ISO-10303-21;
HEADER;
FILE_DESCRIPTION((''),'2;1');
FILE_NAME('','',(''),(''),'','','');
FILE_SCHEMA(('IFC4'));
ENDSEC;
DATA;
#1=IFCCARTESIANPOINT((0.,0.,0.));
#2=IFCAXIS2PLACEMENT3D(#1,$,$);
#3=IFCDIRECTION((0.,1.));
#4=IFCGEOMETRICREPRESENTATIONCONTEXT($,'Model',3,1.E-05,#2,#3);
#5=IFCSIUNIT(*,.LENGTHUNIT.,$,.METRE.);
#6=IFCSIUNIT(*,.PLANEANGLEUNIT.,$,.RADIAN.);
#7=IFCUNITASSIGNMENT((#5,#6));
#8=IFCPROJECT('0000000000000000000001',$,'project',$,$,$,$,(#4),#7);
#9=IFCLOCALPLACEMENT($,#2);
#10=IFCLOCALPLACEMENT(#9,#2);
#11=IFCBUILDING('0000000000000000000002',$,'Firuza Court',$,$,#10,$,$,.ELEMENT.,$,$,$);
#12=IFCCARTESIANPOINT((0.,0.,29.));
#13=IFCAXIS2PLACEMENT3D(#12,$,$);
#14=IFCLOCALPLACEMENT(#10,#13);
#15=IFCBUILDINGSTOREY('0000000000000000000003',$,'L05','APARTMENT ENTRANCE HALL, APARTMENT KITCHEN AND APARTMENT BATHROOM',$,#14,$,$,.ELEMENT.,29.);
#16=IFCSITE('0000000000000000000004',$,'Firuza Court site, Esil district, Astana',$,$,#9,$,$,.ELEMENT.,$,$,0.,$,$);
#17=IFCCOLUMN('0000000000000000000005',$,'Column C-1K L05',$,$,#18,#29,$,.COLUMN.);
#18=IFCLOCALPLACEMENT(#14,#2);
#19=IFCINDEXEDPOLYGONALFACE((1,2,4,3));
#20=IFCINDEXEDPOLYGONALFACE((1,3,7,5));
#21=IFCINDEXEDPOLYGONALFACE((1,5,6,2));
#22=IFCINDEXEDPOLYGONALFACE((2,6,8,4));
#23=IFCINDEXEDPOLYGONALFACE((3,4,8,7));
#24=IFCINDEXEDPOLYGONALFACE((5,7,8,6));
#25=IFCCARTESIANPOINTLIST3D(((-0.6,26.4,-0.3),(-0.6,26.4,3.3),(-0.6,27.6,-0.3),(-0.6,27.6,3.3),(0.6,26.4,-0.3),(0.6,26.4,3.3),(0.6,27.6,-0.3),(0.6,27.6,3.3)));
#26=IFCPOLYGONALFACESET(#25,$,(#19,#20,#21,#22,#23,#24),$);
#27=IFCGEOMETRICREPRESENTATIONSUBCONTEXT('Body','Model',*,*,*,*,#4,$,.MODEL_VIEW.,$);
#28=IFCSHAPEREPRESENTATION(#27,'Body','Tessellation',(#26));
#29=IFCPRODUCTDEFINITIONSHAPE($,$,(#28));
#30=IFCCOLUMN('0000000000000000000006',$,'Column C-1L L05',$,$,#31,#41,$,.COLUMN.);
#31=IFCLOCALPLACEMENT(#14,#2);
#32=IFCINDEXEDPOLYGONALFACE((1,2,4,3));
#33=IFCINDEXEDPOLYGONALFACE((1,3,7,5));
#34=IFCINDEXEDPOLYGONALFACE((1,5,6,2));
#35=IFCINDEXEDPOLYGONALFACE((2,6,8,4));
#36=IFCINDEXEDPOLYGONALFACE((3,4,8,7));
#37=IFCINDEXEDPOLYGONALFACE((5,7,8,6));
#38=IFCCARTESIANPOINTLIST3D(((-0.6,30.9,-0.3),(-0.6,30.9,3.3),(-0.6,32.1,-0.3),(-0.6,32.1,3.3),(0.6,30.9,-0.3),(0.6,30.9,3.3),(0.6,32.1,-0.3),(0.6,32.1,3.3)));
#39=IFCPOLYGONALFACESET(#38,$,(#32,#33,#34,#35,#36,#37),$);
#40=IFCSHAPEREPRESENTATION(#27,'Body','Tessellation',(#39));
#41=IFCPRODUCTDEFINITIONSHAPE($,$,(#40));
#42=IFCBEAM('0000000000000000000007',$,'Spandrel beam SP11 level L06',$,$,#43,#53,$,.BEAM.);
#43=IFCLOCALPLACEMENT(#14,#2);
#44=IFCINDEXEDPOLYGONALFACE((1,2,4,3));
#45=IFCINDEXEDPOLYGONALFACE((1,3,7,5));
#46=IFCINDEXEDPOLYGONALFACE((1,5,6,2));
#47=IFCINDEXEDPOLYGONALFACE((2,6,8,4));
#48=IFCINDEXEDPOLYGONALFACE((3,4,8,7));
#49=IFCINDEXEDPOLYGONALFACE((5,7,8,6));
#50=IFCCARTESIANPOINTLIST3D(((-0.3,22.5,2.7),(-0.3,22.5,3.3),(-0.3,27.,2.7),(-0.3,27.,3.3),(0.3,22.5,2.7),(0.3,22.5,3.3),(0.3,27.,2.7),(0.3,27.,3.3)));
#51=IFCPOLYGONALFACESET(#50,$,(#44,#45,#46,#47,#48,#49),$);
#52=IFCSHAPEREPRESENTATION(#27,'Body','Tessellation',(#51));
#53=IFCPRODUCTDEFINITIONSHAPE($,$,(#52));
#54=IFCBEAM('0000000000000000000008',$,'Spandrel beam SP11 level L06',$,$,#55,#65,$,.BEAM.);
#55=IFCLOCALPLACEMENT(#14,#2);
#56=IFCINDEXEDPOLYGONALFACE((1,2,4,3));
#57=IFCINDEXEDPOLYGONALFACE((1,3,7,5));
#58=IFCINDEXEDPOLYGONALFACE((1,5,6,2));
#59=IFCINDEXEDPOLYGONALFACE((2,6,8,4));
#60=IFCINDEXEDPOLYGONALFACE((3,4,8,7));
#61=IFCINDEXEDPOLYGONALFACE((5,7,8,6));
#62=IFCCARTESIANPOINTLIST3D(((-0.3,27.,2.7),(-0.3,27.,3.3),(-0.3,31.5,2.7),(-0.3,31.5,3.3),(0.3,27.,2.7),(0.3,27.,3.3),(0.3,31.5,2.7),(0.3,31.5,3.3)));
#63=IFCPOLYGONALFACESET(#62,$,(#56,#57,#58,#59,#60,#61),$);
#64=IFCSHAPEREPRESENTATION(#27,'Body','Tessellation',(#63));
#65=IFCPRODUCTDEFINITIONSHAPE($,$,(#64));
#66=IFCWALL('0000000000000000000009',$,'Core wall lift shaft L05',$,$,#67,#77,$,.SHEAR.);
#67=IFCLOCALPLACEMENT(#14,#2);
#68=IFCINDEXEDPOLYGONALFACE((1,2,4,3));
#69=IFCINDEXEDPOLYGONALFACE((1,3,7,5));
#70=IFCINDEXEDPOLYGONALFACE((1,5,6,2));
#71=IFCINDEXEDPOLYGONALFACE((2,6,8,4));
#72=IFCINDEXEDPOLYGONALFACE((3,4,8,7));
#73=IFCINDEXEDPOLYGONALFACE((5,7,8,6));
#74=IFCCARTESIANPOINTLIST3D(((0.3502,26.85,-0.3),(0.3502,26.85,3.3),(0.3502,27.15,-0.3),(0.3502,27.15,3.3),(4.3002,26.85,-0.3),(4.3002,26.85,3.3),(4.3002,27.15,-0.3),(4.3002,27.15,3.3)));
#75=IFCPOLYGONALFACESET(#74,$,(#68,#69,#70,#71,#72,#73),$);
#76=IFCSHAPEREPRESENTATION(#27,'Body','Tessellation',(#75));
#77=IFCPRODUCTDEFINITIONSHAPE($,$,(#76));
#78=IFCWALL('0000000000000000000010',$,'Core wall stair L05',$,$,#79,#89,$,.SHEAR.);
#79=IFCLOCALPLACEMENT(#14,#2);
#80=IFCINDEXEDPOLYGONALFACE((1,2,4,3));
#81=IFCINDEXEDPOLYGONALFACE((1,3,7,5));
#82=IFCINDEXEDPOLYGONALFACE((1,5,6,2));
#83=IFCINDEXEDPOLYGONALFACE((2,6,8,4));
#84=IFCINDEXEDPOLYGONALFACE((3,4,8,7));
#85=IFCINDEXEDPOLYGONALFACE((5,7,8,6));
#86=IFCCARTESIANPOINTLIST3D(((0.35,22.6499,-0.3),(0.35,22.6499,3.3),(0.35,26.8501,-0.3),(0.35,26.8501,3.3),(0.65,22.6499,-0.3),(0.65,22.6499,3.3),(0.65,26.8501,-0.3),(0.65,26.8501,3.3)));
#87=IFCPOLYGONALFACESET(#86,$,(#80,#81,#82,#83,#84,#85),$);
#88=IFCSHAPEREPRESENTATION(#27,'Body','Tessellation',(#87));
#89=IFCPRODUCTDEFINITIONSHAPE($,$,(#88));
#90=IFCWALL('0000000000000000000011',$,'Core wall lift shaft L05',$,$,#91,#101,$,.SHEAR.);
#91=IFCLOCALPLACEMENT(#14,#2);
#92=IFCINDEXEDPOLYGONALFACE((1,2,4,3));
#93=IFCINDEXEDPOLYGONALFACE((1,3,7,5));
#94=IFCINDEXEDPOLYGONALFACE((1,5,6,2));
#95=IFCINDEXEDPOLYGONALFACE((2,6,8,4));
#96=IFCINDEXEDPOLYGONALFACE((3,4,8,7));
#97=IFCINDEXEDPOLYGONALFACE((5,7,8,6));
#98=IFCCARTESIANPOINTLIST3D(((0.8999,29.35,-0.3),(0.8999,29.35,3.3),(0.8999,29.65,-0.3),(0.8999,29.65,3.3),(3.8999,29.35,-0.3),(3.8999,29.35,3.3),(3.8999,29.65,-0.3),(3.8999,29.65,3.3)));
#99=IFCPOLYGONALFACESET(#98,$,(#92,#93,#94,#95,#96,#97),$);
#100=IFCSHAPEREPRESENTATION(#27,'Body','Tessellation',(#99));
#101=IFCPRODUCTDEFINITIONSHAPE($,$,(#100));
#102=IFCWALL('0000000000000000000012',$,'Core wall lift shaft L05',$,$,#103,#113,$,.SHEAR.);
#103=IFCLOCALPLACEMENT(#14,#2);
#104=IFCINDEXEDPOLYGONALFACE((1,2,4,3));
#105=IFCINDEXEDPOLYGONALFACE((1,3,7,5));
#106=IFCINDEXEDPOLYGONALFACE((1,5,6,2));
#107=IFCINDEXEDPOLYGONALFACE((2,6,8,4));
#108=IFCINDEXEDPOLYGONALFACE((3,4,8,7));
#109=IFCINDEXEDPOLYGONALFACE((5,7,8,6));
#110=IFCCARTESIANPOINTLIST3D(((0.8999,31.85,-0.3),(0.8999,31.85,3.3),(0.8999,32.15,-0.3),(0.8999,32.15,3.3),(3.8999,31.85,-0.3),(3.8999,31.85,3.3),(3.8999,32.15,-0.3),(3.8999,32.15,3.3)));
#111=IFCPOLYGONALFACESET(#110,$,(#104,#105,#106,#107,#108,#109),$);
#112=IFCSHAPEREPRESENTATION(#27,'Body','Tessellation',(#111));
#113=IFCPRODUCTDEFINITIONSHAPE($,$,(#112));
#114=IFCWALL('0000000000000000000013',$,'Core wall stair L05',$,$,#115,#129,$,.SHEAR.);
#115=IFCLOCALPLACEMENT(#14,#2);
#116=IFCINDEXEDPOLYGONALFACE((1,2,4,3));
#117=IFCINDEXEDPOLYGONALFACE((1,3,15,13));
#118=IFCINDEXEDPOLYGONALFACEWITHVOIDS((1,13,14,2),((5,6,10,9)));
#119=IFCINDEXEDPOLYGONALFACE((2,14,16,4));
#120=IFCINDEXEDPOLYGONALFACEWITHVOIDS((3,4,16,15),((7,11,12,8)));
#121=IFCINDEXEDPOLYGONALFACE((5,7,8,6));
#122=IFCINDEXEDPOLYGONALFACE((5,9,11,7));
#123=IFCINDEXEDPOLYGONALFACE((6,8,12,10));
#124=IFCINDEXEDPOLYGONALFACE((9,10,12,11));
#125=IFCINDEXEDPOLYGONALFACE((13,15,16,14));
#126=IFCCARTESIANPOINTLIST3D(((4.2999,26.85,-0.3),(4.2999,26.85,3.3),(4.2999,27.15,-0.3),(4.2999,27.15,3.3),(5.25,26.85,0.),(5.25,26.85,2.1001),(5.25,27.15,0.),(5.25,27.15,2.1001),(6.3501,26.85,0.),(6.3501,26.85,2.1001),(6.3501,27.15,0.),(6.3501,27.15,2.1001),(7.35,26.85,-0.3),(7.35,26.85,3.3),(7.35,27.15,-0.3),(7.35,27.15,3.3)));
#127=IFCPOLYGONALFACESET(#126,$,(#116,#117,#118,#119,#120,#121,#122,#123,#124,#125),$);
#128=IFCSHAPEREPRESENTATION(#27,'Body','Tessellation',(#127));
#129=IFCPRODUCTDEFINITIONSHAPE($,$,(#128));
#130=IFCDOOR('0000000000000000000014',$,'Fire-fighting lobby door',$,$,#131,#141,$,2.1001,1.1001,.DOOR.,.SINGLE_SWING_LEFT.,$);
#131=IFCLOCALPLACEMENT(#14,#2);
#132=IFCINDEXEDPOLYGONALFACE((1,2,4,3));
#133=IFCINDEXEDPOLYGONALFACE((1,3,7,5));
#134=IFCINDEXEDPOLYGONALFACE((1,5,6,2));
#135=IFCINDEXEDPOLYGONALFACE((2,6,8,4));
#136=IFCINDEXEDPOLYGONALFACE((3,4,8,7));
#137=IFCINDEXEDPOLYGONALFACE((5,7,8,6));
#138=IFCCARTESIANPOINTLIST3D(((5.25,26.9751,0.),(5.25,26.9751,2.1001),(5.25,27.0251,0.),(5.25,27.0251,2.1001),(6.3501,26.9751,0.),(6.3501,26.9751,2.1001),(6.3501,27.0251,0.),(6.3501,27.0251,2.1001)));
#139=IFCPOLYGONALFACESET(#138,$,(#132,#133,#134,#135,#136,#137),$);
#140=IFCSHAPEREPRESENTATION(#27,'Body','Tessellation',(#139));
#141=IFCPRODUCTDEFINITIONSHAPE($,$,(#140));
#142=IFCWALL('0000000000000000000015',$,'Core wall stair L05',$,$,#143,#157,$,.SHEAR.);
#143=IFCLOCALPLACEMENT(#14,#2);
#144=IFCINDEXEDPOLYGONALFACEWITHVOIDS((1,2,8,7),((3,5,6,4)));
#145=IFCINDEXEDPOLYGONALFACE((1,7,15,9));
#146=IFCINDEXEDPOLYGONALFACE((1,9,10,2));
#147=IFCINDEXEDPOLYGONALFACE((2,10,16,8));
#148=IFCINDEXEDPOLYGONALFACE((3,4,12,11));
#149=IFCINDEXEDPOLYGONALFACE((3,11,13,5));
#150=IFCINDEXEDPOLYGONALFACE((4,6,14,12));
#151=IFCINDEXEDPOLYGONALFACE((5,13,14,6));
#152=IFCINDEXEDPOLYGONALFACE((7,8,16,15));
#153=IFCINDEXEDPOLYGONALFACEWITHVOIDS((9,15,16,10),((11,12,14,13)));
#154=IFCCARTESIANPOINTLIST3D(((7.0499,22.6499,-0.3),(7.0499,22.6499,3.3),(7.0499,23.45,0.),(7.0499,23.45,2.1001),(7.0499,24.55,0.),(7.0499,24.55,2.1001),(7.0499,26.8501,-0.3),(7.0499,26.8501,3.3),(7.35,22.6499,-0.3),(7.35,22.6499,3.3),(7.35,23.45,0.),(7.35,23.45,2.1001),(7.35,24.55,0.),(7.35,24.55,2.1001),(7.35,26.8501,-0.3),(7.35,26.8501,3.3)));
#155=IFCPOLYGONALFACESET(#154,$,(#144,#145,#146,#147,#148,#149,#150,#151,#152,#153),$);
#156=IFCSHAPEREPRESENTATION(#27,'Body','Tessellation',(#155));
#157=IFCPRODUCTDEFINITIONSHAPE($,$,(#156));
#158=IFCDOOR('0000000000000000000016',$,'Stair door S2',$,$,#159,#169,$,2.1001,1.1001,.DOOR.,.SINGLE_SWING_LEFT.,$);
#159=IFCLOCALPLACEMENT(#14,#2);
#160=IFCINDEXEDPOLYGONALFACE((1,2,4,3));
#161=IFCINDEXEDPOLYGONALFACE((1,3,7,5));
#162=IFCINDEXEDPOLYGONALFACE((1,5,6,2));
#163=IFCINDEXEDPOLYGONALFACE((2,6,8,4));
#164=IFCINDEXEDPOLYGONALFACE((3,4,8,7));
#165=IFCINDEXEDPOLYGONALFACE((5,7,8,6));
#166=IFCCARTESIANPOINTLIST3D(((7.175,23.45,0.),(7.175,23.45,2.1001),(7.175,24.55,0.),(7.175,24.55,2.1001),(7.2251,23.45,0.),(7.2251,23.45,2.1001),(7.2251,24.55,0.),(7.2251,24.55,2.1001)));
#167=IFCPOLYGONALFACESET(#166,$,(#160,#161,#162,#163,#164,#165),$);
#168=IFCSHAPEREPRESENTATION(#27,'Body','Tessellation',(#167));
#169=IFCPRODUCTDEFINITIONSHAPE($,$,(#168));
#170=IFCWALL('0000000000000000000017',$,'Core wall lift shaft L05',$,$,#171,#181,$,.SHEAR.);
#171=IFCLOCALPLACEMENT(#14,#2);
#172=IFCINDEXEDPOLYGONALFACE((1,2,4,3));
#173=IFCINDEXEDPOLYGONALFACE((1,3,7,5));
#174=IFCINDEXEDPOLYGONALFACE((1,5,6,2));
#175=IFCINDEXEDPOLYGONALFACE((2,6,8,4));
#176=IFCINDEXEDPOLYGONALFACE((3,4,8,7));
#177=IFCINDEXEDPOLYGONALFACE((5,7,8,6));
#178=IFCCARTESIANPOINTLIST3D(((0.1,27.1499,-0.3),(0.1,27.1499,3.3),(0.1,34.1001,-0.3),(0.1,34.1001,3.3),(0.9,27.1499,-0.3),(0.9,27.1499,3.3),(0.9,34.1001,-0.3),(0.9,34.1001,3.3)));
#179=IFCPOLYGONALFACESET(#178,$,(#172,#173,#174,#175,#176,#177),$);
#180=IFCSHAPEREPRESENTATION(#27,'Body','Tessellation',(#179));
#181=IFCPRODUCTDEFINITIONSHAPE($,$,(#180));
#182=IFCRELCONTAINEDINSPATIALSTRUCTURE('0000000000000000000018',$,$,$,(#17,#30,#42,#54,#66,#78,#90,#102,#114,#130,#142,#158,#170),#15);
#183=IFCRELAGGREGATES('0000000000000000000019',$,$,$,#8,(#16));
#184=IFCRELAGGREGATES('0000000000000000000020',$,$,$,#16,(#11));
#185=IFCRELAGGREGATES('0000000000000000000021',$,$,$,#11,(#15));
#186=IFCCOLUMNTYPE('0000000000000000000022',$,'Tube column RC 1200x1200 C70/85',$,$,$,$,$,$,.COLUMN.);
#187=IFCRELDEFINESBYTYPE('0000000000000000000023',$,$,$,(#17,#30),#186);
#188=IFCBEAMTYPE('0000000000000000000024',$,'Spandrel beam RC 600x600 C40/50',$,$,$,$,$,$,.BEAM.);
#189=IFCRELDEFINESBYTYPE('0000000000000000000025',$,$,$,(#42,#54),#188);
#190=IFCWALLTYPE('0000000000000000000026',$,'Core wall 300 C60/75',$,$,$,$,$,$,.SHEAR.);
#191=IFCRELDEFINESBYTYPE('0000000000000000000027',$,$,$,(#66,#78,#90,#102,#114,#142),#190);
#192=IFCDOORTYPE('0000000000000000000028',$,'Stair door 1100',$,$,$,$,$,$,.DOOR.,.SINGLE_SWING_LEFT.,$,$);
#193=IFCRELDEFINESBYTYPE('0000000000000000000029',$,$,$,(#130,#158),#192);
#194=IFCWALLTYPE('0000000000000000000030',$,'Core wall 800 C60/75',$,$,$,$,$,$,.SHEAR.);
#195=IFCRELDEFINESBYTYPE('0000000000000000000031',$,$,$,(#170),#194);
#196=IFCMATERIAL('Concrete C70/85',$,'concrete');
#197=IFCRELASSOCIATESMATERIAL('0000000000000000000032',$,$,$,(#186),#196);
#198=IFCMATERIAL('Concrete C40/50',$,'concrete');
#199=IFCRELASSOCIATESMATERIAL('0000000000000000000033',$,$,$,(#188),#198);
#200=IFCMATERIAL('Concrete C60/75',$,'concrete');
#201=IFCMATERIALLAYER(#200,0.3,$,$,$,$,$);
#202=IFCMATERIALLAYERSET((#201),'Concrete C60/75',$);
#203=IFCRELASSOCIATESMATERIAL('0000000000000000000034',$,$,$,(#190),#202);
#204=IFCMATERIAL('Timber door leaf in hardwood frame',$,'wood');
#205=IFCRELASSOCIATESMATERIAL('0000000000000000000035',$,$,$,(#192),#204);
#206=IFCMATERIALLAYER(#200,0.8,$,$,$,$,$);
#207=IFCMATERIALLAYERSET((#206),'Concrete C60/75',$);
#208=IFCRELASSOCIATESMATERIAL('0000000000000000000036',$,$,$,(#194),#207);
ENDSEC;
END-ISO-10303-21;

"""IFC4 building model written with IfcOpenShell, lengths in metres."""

from ifc_helpers import new_model, si_unit, direction, frame, frame_2d, origin, origin_2d, place, context, subcontext, project, spatial, rectangle, extrude, material, layer, layer_set, material_profile, profile_set, type_object, element, fill, save


model = new_model("IFC4")

# Units and contexts
model_context = context("Model", 3, precision=1e-05, world=origin(), true_north=direction((0.0, 1.0)))
body_context = subcontext(model_context, "Body", "Model", "MODEL_VIEW")
ifc_project = project(units=[si_unit("LENGTHUNIT", "METRE"), si_unit("PLANEANGLEUNIT", "RADIAN")], contexts=[model_context])

# Site, building, storey
site_placement = place(None, origin())
site = spatial("IfcSite", under=ifc_project, at=site_placement, Name="Firuza Court site, Esil district, Astana", CompositionType="ELEMENT", RefElevation=0.0)
building_placement = place(site_placement, origin())
building = spatial("IfcBuilding", under=site, at=building_placement, Name="Firuza Court", CompositionType="ELEMENT")
storey_placement = place(building_placement, frame((0.0, 0.0, 29.0)))
storey = spatial("IfcBuildingStorey", under=building, at=storey_placement, Name="L05", Description="APARTMENT ENTRANCE HALL, APARTMENT KITCHEN AND APARTMENT BATHROOM", CompositionType="ELEMENT", Elevation=29.0)

# Columns
ifc_material_1 = material(Name="Concrete C70/85", Category="concrete")
ifc_material_profile_1 = material_profile(ifc_material_1, rectangle(XDim=1.2, YDim=1.2, at=origin_2d()), Name="RC 1200x1200")
ifc_profile_set_1 = profile_set([ifc_material_profile_1], Name="Concrete C70/85")
column_type = type_object("IfcColumnType", Name="Tube column RC 1200x1200 C70/85", PredefinedType="COLUMN", material=ifc_profile_set_1)
for number, where, z_axis, x_axis, name in (
    (1, (0.0, 27.0, -0.3), (0.0, 0.0, 1.0), (1.0, 0.0, 0.0), "Column C-1K L05"),
    (2, (0.0, 31.5, -0.3), (0.0, 0.0, 1.0), (1.0, 0.0, 0.0), "Column C-1L L05"),
):
    element("IfcColumn", number, at=place(storey_placement, frame(where, z_axis=z_axis, x_axis=x_axis)), inside=storey, type_object=column_type, Name=name, PredefinedType="COLUMN", context=body_context, shape_type="SweptSolid", body=[
        extrude(rectangle(XDim=1.2, YDim=1.2, at=origin_2d()), origin(), (0.0, 0.0, 1.0), 3.6001),
    ])

# Beams
ifc_material_2 = material(Name="Concrete C40/50", Category="concrete")
ifc_material_profile_2 = material_profile(ifc_material_2, rectangle(XDim=0.6001, YDim=0.6001, at=origin_2d()), Name="RC 600x600")
ifc_profile_set_2 = profile_set([ifc_material_profile_2], Name="Concrete C40/50")
beam_type = type_object("IfcBeamType", Name="Spandrel beam RC 600x600 C40/50", PredefinedType="BEAM", material=ifc_profile_set_2)
for number, where, z_axis, x_axis, name in (
    (3, (0.0, 27.0, 3.0), (0.0, -1.0, 0.0), (1.0, 0.0, 0.0), "Spandrel beam SP11 level L06"),
    (4, (0.0, 31.5, 3.0), (0.0, -1.0, 0.0), (1.0, 0.0, 0.0), "Spandrel beam SP11 level L06"),
):
    element("IfcBeam", number, at=place(storey_placement, frame(where, z_axis=z_axis, x_axis=x_axis)), inside=storey, type_object=beam_type, Name=name, PredefinedType="BEAM", context=body_context, shape_type="SweptSolid", body=[
        extrude(rectangle(XDim=0.6001, YDim=0.6001, at=origin_2d()), origin(), (0.0, 0.0, 1.0), 4.5),
    ])

# Walls
ifc_material_3 = material(Name="Concrete C60/75", Category="concrete")
ifc_layer_1 = layer(ifc_material_3, 0.3)
ifc_layer_set_1 = layer_set([ifc_layer_1], Name="Concrete C60/75")
wall_type_1 = type_object("IfcWallType", Name="Core wall 300 C60/75", PredefinedType="SHEAR", material=ifc_layer_set_1)
wall_1_placement = place(storey_placement, frame((0.3501, 27.0, -0.3), z_axis=(0.0, 0.0, 1.0), x_axis=(1.0, 0.0, 0.0)))
element("IfcWall", 5, at=wall_1_placement, inside=storey, type_object=wall_type_1, Name="Core wall lift shaft L05", PredefinedType="SHEAR", context=body_context, shape_type="SweptSolid", body=[
    extrude(rectangle(XDim=3.95, YDim=0.3, at=frame_2d((1.9751, 0.0))), origin(), (0.0, 0.0, 1.0), 3.6001),
])
wall_2_placement = place(storey_placement, frame((0.5, 22.6499, -0.3), z_axis=(0.0, 0.0, 1.0), x_axis=(0.0, 1.0, 0.0)))
element("IfcWall", 6, at=wall_2_placement, inside=storey, type_object=wall_type_1, Name="Core wall stair L05", PredefinedType="SHEAR", context=body_context, shape_type="SweptSolid", body=[
    extrude(rectangle(XDim=4.2002, YDim=0.3, at=frame_2d((2.1001, 0.0))), origin(), (0.0, 0.0, 1.0), 3.6001),
])
for number, where, z_axis, x_axis, name in (
    (7, (0.8999, 29.5, -0.3), (0.0, 0.0, 1.0), (1.0, 0.0, 0.0), "Core wall lift shaft L05"),
    (8, (0.8999, 32.0, -0.3), (0.0, 0.0, 1.0), (1.0, 0.0, 0.0), "Core wall lift shaft L05"),
):
    element("IfcWall", number, at=place(storey_placement, frame(where, z_axis=z_axis, x_axis=x_axis)), inside=storey, type_object=wall_type_1, Name=name, PredefinedType="SHEAR", context=body_context, shape_type="SweptSolid", body=[
        extrude(rectangle(XDim=3.0, YDim=0.3, at=frame_2d((1.5, 0.0))), origin(), (0.0, 0.0, 1.0), 3.6001),
    ])

# Walls, openings, doors
wall_3_placement = place(storey_placement, frame((4.3, 27.0, -0.3), z_axis=(0.0, 0.0, 1.0), x_axis=(1.0, 0.0, 0.0)))
wall_3 = element("IfcWall", 9, at=wall_3_placement, inside=storey, type_object=wall_type_1, Name="Core wall stair L05", PredefinedType="SHEAR", context=body_context, shape_type="SweptSolid", body=[
    extrude(rectangle(XDim=3.05, YDim=0.3, at=frame_2d((1.5249, 0.0))), origin(), (0.0, 0.0, 1.0), 3.6001),
])
opening_1_placement = place(wall_3_placement, frame((0.95, 0.0, 0.3)))
opening_1 = element("IfcOpeningElement", 10, at=opening_1_placement, cuts=wall_3, PredefinedType="OPENING", context=body_context, shape_type="SweptSolid", body=[
    extrude(rectangle(XDim=1.1001, YDim=2.1001, at=frame_2d((0.55, 1.05))), frame((0.0, 0.1621, 0.0), z_axis=(0.0, -1.0, 0.0), x_axis=(1.0, 0.0, 0.0)), (0.0, 0.0, 1.0), 0.324),
])
ifc_material_4 = material(Name="Timber door leaf in hardwood frame", Category="wood")
door_type_1 = type_object("IfcDoorType", Name="Stair door 1100", OperationType="SINGLE_SWING_LEFT", PredefinedType="DOOR", material=ifc_material_4)
door_1_placement = place(opening_1_placement, frame((1.1001, 0.0, 0.0), z_axis=(0.0, 0.0, 1.0), x_axis=(-1.0, 0.0, 0.0)))
door_1 = element("IfcDoor", 11, at=door_1_placement, inside=storey, type_object=door_type_1, Name="Fire-fighting lobby door", OperationType="SINGLE_SWING_LEFT", OverallHeight=2.1001, OverallWidth=1.1001, PredefinedType="DOOR", context=body_context, shape_type="SweptSolid", body=[
    extrude(rectangle(XDim=1.1001, YDim=2.1001, at=frame_2d((0.55, 1.05))), frame((0.0, 0.0249, 0.0), z_axis=(0.0, -1.0, 0.0), x_axis=(1.0, 0.0, 0.0)), (0.0, 0.0, 1.0), 0.05),
])
fill(opening_1, door_1)
wall_4_placement = place(storey_placement, frame((7.2, 22.6499, -0.3), z_axis=(0.0, 0.0, 1.0), x_axis=(0.0, 1.0, 0.0)))
wall_4 = element("IfcWall", 12, at=wall_4_placement, inside=storey, type_object=wall_type_1, Name="Core wall stair L05", PredefinedType="SHEAR", context=body_context, shape_type="SweptSolid", body=[
    extrude(rectangle(XDim=4.2002, YDim=0.3, at=frame_2d((2.1001, 0.0))), origin(), (0.0, 0.0, 1.0), 3.6001),
])
opening_2_placement = place(wall_4_placement, frame((0.8, 0.0, 0.3)))
opening_2 = element("IfcOpeningElement", 13, at=opening_2_placement, cuts=wall_4, PredefinedType="OPENING", context=body_context, shape_type="SweptSolid", body=[
    extrude(rectangle(XDim=1.1001, YDim=2.1001, at=frame_2d((0.55, 1.05))), frame((0.0, 0.1621, 0.0), z_axis=(0.0, -1.0, 0.0), x_axis=(1.0, 0.0, 0.0)), (0.0, 0.0, 1.0), 0.324),
])
door_2_placement = place(opening_2_placement, origin())
door_2 = element("IfcDoor", 14, at=door_2_placement, inside=storey, type_object=door_type_1, Name="Stair door S2", OperationType="SINGLE_SWING_LEFT", OverallHeight=2.1001, OverallWidth=1.1001, PredefinedType="DOOR", context=body_context, shape_type="SweptSolid", body=[
    extrude(rectangle(XDim=1.1001, YDim=2.1001, at=frame_2d((0.55, 1.05))), frame((0.0, 0.0249, 0.0), z_axis=(0.0, -1.0, 0.0), x_axis=(1.0, 0.0, 0.0)), (0.0, 0.0, 1.0), 0.05),
])
fill(opening_2, door_2)

# Wall
ifc_layer_2 = layer(ifc_material_3, 0.8)
ifc_layer_set_2 = layer_set([ifc_layer_2], Name="Concrete C60/75")
wall_type_2 = type_object("IfcWallType", Name="Core wall 800 C60/75", PredefinedType="SHEAR", material=ifc_layer_set_2)
wall_5_placement = place(storey_placement, frame((0.5, 27.1499, -0.3), z_axis=(0.0, 0.0, 1.0), x_axis=(0.0, 1.0, 0.0)))
element("IfcWall", 15, at=wall_5_placement, inside=storey, type_object=wall_type_2, Name="Core wall lift shaft L05", PredefinedType="SHEAR", context=body_context, shape_type="SweptSolid", body=[
    extrude(rectangle(XDim=6.9502, YDim=0.8, at=frame_2d((3.4751, 0.0))), origin(), (0.0, 0.0, 1.0), 3.6001),
])

save(model, "model.ifc")
